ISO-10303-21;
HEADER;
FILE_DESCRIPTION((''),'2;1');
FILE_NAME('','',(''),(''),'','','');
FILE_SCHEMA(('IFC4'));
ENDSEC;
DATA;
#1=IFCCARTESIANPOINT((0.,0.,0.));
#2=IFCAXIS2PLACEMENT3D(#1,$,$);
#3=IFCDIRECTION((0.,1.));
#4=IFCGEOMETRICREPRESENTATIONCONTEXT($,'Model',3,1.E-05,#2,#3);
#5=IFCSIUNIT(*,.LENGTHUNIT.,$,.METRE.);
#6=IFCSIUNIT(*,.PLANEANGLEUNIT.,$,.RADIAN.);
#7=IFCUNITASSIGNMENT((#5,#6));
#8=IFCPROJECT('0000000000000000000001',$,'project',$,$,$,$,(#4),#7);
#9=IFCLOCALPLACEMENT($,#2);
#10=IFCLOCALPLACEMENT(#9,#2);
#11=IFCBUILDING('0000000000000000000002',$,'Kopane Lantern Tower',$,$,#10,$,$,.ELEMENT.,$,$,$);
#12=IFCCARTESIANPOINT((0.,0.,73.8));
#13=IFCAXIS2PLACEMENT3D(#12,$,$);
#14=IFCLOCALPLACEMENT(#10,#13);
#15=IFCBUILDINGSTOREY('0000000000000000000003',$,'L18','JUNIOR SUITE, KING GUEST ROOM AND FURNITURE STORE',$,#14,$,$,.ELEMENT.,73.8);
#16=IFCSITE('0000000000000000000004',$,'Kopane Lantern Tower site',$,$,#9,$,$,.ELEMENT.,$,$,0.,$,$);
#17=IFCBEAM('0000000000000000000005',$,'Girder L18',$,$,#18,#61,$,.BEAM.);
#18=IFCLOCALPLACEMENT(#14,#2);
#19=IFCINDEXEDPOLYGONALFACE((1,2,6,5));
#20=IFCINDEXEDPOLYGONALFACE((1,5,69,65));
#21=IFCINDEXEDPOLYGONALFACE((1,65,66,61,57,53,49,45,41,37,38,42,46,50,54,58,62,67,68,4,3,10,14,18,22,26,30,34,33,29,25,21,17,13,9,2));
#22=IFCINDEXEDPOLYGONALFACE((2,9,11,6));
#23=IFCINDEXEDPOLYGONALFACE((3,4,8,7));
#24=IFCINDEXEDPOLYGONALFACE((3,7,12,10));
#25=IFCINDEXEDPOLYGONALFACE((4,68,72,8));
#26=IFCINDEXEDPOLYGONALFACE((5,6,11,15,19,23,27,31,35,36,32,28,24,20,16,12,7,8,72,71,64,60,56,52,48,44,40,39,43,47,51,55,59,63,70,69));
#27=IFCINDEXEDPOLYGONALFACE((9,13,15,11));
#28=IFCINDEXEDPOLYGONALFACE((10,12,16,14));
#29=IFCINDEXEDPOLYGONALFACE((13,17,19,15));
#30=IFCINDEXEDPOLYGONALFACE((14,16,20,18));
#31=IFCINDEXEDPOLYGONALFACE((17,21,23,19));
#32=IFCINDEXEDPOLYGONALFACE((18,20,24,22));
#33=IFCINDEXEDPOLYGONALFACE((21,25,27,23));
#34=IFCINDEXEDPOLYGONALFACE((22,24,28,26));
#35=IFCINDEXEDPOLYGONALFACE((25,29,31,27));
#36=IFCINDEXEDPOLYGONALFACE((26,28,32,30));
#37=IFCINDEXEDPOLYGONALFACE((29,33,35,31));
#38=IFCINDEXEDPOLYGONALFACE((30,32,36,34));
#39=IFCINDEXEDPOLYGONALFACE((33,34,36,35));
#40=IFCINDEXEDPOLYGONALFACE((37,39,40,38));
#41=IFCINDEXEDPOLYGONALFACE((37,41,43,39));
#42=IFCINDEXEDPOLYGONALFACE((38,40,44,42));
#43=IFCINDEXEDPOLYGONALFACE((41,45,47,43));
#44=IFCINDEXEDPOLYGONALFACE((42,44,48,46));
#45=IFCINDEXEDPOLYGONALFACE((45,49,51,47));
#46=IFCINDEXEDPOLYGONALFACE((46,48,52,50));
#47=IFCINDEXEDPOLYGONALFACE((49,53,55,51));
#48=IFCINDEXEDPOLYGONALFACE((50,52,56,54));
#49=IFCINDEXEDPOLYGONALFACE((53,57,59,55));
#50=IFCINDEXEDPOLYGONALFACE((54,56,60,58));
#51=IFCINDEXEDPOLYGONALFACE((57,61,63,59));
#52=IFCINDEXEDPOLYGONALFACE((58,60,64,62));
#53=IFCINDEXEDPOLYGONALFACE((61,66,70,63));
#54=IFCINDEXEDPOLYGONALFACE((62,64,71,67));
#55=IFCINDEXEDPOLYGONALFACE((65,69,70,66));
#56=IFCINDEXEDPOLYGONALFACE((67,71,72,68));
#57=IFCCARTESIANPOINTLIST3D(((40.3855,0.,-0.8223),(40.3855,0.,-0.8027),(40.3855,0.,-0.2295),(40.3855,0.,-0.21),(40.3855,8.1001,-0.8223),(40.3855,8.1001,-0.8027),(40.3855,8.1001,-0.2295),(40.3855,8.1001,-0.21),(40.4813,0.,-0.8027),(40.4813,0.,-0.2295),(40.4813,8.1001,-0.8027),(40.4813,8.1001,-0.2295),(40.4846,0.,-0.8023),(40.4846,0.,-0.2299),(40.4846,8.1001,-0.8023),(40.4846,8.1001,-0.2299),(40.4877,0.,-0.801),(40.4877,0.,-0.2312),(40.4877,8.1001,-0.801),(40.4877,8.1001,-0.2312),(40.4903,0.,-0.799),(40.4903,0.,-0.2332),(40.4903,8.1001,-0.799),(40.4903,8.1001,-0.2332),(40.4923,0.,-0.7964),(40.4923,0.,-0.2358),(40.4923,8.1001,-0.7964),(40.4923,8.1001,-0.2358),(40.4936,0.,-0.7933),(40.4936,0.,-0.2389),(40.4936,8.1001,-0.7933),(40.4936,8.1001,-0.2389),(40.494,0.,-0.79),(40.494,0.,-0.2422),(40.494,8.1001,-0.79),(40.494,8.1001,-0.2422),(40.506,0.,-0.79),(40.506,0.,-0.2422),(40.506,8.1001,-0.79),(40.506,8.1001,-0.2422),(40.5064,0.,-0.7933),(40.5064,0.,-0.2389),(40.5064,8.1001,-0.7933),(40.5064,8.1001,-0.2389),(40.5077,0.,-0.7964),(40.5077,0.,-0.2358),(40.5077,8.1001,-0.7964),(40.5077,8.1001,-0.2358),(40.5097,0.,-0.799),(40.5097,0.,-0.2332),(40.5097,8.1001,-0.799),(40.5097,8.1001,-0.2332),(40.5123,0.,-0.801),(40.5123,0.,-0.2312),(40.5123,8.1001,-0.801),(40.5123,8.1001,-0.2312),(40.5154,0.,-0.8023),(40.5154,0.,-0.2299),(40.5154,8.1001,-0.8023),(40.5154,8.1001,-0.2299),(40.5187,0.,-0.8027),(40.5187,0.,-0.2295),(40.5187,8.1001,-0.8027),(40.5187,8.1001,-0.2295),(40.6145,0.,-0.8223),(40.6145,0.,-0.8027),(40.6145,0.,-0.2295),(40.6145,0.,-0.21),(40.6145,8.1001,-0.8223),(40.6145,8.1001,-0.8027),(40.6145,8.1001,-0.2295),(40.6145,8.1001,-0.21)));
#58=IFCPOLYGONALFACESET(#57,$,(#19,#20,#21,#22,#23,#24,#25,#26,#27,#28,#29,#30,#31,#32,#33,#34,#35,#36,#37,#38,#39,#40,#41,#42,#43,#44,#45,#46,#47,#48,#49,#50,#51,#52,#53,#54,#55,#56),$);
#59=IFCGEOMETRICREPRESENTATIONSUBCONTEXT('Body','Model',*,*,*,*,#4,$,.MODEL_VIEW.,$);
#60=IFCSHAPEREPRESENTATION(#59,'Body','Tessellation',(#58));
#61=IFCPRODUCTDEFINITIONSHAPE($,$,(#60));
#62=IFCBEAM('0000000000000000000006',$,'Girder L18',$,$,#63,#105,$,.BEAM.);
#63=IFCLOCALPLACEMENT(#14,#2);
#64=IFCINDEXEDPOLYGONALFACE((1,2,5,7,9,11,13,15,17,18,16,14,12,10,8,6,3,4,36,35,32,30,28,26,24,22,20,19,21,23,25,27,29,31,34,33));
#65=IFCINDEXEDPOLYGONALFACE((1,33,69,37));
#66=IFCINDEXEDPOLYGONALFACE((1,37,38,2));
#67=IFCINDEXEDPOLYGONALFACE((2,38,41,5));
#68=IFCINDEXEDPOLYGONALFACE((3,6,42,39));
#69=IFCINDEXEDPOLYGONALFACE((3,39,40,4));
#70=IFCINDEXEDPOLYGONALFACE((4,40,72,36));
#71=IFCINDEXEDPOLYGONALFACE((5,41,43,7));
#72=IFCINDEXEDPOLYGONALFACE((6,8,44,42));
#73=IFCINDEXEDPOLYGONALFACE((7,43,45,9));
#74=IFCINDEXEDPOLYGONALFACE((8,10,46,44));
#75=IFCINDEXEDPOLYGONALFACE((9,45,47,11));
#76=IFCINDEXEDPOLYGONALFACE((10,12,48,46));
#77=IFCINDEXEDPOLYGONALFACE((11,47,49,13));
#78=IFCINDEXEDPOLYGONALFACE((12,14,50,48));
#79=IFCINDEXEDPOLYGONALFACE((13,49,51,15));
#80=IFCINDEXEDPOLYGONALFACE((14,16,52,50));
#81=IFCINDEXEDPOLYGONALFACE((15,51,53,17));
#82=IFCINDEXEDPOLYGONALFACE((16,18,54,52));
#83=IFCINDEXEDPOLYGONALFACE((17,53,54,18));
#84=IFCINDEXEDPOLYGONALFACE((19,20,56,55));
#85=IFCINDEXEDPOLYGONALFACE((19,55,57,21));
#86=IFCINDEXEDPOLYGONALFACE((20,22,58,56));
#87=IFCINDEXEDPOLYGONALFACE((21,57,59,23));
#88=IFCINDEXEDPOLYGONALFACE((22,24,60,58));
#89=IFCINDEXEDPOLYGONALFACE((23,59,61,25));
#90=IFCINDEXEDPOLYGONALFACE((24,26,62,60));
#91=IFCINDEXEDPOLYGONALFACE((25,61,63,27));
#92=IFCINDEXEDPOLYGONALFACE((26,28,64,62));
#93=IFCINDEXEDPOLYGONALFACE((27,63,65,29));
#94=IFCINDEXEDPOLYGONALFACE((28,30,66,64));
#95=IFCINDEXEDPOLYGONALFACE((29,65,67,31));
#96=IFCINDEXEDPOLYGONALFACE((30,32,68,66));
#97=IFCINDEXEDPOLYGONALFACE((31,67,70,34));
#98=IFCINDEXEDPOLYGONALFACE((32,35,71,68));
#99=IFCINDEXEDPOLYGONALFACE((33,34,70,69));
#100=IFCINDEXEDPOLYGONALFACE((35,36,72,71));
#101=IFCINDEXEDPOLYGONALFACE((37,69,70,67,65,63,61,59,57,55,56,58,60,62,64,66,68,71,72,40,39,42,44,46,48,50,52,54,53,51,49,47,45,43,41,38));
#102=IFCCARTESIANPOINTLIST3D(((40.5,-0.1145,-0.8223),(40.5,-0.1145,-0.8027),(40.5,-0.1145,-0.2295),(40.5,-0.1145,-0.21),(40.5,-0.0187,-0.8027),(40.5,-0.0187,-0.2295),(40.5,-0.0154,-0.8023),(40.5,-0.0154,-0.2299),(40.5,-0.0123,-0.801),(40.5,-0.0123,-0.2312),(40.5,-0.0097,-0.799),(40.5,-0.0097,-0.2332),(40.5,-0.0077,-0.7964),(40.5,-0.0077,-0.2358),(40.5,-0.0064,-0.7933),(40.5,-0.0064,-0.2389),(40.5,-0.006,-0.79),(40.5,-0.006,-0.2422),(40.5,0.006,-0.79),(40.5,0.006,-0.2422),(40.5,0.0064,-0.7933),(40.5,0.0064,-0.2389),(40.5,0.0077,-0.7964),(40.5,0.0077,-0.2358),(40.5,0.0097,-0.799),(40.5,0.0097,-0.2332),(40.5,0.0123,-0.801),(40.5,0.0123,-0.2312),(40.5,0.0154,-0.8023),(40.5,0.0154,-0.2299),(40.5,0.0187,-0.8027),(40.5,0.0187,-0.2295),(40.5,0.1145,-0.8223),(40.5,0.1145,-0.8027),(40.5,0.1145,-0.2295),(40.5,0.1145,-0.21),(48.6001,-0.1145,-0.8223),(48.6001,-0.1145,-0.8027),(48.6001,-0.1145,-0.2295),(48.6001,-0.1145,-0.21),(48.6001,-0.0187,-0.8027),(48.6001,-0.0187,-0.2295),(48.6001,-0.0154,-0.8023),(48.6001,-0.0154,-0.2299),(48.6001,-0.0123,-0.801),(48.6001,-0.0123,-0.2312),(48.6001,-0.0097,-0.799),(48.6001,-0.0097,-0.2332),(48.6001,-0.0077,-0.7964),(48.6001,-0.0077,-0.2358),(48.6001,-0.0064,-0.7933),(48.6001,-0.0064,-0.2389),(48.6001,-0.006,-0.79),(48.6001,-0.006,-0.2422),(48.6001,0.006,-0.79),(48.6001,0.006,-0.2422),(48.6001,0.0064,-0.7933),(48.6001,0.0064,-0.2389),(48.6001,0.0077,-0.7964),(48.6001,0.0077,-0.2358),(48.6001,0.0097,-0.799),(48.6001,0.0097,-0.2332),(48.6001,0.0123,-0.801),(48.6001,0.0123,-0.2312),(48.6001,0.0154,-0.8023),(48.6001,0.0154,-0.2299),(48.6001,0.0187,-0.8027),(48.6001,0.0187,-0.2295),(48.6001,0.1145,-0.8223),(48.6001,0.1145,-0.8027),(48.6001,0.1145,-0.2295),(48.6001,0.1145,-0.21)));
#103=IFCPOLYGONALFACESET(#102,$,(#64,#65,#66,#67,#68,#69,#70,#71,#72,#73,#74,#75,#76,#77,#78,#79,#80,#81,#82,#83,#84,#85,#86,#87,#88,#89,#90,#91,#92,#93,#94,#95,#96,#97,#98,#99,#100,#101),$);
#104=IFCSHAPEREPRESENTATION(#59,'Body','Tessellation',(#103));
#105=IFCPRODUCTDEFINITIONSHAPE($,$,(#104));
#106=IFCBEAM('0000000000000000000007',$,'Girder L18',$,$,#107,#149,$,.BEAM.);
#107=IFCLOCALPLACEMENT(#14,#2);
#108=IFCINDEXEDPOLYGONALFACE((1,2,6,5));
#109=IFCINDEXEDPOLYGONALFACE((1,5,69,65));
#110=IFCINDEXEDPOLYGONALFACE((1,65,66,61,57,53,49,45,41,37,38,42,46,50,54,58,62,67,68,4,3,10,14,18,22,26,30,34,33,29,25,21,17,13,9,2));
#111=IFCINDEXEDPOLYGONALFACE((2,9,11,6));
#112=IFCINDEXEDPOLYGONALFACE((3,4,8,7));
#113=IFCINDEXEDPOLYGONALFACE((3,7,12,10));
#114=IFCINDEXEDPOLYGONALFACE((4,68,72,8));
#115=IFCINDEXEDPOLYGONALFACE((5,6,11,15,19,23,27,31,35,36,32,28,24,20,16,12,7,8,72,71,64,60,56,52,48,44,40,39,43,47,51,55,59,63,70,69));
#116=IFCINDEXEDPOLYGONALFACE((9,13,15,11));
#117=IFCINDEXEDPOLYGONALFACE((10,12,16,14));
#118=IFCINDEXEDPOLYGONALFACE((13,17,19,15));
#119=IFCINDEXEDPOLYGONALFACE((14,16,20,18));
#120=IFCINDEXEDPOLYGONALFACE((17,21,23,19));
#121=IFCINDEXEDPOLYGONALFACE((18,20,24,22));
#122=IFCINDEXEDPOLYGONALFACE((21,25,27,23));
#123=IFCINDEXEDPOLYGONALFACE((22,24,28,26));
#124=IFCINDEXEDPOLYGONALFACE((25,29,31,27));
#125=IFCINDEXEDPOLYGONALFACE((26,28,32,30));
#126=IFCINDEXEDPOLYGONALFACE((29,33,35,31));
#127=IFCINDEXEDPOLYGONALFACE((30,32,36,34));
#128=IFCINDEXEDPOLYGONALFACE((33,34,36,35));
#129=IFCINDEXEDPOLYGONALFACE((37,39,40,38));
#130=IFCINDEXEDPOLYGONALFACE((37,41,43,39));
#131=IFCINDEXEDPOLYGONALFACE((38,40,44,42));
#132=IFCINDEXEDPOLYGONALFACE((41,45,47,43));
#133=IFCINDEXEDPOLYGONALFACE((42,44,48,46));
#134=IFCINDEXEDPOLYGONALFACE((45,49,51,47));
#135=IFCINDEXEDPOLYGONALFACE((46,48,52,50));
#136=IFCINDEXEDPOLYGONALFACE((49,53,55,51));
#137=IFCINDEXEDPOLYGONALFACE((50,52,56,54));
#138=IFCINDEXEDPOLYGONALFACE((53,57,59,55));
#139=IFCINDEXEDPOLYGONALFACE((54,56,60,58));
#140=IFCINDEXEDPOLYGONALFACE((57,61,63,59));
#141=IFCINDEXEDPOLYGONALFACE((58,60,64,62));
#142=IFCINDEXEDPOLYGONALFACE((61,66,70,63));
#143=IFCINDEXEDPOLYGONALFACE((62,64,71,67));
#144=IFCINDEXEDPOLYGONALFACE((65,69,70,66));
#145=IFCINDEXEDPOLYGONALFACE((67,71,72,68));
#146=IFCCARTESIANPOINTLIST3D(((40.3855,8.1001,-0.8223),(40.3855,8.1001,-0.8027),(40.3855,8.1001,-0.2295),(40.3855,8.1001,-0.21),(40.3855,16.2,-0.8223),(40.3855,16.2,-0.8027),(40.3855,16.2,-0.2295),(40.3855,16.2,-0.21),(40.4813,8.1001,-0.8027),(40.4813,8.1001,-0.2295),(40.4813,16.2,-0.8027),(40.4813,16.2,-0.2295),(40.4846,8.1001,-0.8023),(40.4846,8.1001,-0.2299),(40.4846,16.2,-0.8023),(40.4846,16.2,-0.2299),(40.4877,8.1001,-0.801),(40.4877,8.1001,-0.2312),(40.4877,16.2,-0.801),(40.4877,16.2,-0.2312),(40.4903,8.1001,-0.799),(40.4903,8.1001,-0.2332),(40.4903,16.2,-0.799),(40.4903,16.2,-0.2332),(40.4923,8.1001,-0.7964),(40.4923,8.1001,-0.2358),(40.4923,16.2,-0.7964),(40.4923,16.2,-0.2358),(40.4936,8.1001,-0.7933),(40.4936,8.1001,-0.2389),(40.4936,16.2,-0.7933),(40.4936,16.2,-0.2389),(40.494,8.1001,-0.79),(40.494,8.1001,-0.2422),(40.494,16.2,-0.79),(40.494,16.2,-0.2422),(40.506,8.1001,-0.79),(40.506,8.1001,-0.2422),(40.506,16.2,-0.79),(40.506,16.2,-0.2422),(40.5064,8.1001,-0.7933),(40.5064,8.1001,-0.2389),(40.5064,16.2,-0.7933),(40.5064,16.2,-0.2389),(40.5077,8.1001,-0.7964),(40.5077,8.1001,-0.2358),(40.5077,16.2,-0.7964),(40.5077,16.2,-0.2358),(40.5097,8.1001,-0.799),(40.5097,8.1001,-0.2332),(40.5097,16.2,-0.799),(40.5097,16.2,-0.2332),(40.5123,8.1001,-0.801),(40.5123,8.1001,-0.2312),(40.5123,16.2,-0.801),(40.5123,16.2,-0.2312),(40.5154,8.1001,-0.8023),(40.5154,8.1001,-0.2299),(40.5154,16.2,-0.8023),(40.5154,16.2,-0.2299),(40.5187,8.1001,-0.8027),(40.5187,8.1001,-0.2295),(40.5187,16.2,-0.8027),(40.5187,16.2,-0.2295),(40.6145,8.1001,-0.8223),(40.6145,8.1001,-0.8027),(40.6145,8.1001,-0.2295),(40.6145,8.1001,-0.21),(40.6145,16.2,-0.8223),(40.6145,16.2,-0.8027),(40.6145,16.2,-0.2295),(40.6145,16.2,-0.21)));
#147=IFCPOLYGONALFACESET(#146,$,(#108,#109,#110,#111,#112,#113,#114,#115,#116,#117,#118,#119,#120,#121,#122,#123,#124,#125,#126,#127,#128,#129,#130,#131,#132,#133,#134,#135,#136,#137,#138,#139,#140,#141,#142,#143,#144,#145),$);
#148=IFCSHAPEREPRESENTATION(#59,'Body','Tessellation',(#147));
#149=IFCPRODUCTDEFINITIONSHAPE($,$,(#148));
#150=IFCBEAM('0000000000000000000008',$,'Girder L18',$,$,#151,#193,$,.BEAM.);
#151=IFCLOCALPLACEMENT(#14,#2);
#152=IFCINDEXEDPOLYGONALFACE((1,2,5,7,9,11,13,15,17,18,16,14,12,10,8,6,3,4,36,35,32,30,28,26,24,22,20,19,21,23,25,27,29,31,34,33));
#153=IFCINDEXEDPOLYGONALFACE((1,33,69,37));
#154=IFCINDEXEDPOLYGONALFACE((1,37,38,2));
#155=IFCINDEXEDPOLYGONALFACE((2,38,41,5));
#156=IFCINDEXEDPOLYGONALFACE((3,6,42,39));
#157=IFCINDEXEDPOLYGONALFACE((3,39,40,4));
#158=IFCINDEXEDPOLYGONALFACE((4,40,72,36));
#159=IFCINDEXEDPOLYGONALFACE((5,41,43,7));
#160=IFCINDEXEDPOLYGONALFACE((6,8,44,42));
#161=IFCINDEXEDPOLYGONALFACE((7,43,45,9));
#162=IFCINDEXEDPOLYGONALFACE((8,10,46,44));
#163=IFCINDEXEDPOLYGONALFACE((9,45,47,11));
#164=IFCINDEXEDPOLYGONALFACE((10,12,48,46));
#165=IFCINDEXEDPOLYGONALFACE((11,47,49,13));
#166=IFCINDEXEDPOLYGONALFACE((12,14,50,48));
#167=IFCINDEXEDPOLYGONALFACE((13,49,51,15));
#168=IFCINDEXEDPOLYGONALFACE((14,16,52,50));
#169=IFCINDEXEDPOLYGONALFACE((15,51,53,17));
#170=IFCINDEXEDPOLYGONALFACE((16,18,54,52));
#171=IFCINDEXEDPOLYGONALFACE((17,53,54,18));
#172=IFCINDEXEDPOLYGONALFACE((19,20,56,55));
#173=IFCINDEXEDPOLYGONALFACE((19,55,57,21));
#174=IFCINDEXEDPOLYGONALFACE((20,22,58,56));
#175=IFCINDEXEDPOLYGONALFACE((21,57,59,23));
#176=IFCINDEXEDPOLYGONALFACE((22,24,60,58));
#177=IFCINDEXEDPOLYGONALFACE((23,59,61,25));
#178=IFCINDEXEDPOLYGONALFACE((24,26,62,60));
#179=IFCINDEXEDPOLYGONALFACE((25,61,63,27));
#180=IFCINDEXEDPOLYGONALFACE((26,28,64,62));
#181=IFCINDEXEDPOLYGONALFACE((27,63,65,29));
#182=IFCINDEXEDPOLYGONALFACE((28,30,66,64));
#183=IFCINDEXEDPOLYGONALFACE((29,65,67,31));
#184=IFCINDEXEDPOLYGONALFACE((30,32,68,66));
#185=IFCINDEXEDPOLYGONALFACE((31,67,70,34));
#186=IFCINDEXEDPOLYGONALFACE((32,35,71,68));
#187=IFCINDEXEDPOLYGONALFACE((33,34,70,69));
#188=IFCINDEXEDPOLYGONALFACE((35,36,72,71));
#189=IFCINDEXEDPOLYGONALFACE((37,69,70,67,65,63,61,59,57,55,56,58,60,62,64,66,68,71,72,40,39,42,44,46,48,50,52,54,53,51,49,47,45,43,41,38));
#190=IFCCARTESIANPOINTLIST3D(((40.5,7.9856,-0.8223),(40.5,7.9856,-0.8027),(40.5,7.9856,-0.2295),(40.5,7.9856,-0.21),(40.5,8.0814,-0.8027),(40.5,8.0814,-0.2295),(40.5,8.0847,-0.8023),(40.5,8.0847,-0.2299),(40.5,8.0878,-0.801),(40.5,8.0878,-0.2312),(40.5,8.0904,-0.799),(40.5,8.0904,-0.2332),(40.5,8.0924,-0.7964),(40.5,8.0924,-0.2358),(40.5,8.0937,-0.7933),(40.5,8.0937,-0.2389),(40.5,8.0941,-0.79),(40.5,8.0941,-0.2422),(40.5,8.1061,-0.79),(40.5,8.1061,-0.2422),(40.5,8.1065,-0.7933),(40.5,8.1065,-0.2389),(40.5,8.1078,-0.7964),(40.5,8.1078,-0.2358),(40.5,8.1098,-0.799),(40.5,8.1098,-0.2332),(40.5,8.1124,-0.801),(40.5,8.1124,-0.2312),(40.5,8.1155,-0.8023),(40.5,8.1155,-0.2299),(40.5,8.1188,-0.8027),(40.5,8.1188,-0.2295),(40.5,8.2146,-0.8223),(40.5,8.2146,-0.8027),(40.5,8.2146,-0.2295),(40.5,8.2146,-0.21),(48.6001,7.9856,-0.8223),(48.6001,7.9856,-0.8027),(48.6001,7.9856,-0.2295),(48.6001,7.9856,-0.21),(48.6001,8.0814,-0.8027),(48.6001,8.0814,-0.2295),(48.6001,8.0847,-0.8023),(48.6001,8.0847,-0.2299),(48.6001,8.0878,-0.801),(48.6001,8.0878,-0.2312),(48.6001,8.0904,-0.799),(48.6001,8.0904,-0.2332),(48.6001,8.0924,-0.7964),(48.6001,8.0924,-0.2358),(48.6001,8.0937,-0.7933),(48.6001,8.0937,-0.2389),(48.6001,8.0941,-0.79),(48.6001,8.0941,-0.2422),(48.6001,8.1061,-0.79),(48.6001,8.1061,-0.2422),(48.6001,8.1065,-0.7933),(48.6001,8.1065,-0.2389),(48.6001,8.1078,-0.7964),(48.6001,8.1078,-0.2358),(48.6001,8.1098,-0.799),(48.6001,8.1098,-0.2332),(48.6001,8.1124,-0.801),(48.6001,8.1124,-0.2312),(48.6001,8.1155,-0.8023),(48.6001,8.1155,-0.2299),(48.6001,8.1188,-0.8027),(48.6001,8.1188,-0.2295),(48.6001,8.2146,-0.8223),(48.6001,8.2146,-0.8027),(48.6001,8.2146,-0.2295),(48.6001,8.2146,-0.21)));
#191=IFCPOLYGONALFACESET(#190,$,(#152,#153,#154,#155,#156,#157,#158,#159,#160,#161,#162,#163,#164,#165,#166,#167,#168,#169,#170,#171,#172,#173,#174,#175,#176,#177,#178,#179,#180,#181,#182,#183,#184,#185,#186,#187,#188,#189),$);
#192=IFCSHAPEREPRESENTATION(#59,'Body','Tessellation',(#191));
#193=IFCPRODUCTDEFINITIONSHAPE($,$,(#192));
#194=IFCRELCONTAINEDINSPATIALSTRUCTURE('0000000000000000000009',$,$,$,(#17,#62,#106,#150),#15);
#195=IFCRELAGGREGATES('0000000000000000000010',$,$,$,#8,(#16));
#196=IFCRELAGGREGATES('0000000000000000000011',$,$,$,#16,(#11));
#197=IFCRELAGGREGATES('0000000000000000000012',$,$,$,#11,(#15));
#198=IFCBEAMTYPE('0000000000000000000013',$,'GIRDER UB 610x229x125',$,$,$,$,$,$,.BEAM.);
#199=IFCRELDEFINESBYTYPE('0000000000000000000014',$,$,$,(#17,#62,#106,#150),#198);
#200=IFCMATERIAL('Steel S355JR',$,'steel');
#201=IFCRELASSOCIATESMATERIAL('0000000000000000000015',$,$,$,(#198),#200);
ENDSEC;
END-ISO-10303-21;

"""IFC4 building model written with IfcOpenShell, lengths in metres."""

from ifc_helpers import new_model, si_unit, direction, frame, origin, origin_2d, place, context, subcontext, project, spatial, i_section, extrude, material, material_profile, profile_set, type_object, element, save


model = new_model("IFC4")

# Units and contexts
model_context = context("Model", 3, precision=1e-05, world=origin(), true_north=direction((0.0, 1.0)))
body_context = subcontext(model_context, "Body", "Model", "MODEL_VIEW")
ifc_project = project(units=[si_unit("LENGTHUNIT", "METRE"), si_unit("PLANEANGLEUNIT", "RADIAN")], contexts=[model_context])

# Site, building, storey
site_placement = place(None, origin())
site = spatial("IfcSite", under=ifc_project, at=site_placement, Name="Kopane Lantern Tower site", CompositionType="ELEMENT", RefElevation=0.0)
building_placement = place(site_placement, origin())
building = spatial("IfcBuilding", under=site, at=building_placement, Name="Kopane Lantern Tower", CompositionType="ELEMENT")
storey_placement = place(building_placement, frame((0.0, 0.0, 73.8)))
storey = spatial("IfcBuildingStorey", under=building, at=storey_placement, Name="L18", Description="JUNIOR SUITE, KING GUEST ROOM AND FURNITURE STORE", CompositionType="ELEMENT", Elevation=73.8)

# Beams
ifc_material_1 = material(Name="Steel S355JR", Category="steel")
ifc_material_profile_1 = material_profile(ifc_material_1, i_section(OverallWidth=0.229, OverallDepth=0.6123, WebThickness=0.012, FlangeThickness=0.0195, FilletRadius=0.0127, at=origin_2d()), Name="UB 610x229x125")
ifc_profile_set_1 = profile_set([ifc_material_profile_1], Name="Steel S355JR")
beam_type = type_object("IfcBeamType", Name="GIRDER UB 610x229x125", PredefinedType="BEAM", material=ifc_profile_set_1)
for number, where, z_axis, x_axis, name in (
    (1, (40.5, 0.0, -0.5161), (0.0, 1.0, 0.0), (-1.0, 0.0, 0.0), "Girder L18"),
    (2, (40.5, 0.0, -0.5161), (1.0, 0.0, 0.0), (0.0, 1.0, 0.0), "Girder L18"),
):
    element("IfcBeam", number, at=place(storey_placement, frame(where, z_axis=z_axis, x_axis=x_axis)), inside=storey, type_object=beam_type, Name=name, PredefinedType="BEAM", context=body_context, shape_type="SweptSolid", body=[
        extrude(i_section(OverallWidth=0.229, OverallDepth=0.6123, WebThickness=0.012, FlangeThickness=0.0195, FilletRadius=0.0127, at=origin_2d()), origin(), (0.0, 0.0, 1.0), 8.1001),
    ])
beam_1_placement = place(storey_placement, frame((40.5, 8.1001, -0.5161), z_axis=(0.0, 1.0, 0.0), x_axis=(-1.0, 0.0, 0.0)))
element("IfcBeam", 3, at=beam_1_placement, inside=storey, type_object=beam_type, Name="Girder L18", PredefinedType="BEAM", context=body_context, shape_type="SweptSolid", body=[
    extrude(i_section(OverallWidth=0.229, OverallDepth=0.6123, WebThickness=0.012, FlangeThickness=0.0195, FilletRadius=0.0127, at=origin_2d()), origin(), (0.0, 0.0, 1.0), 8.0999),
])
beam_2_placement = place(storey_placement, frame((40.5, 8.1001, -0.5161), z_axis=(1.0, 0.0, 0.0), x_axis=(0.0, 1.0, 0.0)))
element("IfcBeam", 4, at=beam_2_placement, inside=storey, type_object=beam_type, Name="Girder L18", PredefinedType="BEAM", context=body_context, shape_type="SweptSolid", body=[
    extrude(i_section(OverallWidth=0.229, OverallDepth=0.6123, WebThickness=0.012, FlangeThickness=0.0195, FilletRadius=0.0127, at=origin_2d()), origin(), (0.0, 0.0, 1.0), 8.1001),
])

save(model, "model.ifc")
